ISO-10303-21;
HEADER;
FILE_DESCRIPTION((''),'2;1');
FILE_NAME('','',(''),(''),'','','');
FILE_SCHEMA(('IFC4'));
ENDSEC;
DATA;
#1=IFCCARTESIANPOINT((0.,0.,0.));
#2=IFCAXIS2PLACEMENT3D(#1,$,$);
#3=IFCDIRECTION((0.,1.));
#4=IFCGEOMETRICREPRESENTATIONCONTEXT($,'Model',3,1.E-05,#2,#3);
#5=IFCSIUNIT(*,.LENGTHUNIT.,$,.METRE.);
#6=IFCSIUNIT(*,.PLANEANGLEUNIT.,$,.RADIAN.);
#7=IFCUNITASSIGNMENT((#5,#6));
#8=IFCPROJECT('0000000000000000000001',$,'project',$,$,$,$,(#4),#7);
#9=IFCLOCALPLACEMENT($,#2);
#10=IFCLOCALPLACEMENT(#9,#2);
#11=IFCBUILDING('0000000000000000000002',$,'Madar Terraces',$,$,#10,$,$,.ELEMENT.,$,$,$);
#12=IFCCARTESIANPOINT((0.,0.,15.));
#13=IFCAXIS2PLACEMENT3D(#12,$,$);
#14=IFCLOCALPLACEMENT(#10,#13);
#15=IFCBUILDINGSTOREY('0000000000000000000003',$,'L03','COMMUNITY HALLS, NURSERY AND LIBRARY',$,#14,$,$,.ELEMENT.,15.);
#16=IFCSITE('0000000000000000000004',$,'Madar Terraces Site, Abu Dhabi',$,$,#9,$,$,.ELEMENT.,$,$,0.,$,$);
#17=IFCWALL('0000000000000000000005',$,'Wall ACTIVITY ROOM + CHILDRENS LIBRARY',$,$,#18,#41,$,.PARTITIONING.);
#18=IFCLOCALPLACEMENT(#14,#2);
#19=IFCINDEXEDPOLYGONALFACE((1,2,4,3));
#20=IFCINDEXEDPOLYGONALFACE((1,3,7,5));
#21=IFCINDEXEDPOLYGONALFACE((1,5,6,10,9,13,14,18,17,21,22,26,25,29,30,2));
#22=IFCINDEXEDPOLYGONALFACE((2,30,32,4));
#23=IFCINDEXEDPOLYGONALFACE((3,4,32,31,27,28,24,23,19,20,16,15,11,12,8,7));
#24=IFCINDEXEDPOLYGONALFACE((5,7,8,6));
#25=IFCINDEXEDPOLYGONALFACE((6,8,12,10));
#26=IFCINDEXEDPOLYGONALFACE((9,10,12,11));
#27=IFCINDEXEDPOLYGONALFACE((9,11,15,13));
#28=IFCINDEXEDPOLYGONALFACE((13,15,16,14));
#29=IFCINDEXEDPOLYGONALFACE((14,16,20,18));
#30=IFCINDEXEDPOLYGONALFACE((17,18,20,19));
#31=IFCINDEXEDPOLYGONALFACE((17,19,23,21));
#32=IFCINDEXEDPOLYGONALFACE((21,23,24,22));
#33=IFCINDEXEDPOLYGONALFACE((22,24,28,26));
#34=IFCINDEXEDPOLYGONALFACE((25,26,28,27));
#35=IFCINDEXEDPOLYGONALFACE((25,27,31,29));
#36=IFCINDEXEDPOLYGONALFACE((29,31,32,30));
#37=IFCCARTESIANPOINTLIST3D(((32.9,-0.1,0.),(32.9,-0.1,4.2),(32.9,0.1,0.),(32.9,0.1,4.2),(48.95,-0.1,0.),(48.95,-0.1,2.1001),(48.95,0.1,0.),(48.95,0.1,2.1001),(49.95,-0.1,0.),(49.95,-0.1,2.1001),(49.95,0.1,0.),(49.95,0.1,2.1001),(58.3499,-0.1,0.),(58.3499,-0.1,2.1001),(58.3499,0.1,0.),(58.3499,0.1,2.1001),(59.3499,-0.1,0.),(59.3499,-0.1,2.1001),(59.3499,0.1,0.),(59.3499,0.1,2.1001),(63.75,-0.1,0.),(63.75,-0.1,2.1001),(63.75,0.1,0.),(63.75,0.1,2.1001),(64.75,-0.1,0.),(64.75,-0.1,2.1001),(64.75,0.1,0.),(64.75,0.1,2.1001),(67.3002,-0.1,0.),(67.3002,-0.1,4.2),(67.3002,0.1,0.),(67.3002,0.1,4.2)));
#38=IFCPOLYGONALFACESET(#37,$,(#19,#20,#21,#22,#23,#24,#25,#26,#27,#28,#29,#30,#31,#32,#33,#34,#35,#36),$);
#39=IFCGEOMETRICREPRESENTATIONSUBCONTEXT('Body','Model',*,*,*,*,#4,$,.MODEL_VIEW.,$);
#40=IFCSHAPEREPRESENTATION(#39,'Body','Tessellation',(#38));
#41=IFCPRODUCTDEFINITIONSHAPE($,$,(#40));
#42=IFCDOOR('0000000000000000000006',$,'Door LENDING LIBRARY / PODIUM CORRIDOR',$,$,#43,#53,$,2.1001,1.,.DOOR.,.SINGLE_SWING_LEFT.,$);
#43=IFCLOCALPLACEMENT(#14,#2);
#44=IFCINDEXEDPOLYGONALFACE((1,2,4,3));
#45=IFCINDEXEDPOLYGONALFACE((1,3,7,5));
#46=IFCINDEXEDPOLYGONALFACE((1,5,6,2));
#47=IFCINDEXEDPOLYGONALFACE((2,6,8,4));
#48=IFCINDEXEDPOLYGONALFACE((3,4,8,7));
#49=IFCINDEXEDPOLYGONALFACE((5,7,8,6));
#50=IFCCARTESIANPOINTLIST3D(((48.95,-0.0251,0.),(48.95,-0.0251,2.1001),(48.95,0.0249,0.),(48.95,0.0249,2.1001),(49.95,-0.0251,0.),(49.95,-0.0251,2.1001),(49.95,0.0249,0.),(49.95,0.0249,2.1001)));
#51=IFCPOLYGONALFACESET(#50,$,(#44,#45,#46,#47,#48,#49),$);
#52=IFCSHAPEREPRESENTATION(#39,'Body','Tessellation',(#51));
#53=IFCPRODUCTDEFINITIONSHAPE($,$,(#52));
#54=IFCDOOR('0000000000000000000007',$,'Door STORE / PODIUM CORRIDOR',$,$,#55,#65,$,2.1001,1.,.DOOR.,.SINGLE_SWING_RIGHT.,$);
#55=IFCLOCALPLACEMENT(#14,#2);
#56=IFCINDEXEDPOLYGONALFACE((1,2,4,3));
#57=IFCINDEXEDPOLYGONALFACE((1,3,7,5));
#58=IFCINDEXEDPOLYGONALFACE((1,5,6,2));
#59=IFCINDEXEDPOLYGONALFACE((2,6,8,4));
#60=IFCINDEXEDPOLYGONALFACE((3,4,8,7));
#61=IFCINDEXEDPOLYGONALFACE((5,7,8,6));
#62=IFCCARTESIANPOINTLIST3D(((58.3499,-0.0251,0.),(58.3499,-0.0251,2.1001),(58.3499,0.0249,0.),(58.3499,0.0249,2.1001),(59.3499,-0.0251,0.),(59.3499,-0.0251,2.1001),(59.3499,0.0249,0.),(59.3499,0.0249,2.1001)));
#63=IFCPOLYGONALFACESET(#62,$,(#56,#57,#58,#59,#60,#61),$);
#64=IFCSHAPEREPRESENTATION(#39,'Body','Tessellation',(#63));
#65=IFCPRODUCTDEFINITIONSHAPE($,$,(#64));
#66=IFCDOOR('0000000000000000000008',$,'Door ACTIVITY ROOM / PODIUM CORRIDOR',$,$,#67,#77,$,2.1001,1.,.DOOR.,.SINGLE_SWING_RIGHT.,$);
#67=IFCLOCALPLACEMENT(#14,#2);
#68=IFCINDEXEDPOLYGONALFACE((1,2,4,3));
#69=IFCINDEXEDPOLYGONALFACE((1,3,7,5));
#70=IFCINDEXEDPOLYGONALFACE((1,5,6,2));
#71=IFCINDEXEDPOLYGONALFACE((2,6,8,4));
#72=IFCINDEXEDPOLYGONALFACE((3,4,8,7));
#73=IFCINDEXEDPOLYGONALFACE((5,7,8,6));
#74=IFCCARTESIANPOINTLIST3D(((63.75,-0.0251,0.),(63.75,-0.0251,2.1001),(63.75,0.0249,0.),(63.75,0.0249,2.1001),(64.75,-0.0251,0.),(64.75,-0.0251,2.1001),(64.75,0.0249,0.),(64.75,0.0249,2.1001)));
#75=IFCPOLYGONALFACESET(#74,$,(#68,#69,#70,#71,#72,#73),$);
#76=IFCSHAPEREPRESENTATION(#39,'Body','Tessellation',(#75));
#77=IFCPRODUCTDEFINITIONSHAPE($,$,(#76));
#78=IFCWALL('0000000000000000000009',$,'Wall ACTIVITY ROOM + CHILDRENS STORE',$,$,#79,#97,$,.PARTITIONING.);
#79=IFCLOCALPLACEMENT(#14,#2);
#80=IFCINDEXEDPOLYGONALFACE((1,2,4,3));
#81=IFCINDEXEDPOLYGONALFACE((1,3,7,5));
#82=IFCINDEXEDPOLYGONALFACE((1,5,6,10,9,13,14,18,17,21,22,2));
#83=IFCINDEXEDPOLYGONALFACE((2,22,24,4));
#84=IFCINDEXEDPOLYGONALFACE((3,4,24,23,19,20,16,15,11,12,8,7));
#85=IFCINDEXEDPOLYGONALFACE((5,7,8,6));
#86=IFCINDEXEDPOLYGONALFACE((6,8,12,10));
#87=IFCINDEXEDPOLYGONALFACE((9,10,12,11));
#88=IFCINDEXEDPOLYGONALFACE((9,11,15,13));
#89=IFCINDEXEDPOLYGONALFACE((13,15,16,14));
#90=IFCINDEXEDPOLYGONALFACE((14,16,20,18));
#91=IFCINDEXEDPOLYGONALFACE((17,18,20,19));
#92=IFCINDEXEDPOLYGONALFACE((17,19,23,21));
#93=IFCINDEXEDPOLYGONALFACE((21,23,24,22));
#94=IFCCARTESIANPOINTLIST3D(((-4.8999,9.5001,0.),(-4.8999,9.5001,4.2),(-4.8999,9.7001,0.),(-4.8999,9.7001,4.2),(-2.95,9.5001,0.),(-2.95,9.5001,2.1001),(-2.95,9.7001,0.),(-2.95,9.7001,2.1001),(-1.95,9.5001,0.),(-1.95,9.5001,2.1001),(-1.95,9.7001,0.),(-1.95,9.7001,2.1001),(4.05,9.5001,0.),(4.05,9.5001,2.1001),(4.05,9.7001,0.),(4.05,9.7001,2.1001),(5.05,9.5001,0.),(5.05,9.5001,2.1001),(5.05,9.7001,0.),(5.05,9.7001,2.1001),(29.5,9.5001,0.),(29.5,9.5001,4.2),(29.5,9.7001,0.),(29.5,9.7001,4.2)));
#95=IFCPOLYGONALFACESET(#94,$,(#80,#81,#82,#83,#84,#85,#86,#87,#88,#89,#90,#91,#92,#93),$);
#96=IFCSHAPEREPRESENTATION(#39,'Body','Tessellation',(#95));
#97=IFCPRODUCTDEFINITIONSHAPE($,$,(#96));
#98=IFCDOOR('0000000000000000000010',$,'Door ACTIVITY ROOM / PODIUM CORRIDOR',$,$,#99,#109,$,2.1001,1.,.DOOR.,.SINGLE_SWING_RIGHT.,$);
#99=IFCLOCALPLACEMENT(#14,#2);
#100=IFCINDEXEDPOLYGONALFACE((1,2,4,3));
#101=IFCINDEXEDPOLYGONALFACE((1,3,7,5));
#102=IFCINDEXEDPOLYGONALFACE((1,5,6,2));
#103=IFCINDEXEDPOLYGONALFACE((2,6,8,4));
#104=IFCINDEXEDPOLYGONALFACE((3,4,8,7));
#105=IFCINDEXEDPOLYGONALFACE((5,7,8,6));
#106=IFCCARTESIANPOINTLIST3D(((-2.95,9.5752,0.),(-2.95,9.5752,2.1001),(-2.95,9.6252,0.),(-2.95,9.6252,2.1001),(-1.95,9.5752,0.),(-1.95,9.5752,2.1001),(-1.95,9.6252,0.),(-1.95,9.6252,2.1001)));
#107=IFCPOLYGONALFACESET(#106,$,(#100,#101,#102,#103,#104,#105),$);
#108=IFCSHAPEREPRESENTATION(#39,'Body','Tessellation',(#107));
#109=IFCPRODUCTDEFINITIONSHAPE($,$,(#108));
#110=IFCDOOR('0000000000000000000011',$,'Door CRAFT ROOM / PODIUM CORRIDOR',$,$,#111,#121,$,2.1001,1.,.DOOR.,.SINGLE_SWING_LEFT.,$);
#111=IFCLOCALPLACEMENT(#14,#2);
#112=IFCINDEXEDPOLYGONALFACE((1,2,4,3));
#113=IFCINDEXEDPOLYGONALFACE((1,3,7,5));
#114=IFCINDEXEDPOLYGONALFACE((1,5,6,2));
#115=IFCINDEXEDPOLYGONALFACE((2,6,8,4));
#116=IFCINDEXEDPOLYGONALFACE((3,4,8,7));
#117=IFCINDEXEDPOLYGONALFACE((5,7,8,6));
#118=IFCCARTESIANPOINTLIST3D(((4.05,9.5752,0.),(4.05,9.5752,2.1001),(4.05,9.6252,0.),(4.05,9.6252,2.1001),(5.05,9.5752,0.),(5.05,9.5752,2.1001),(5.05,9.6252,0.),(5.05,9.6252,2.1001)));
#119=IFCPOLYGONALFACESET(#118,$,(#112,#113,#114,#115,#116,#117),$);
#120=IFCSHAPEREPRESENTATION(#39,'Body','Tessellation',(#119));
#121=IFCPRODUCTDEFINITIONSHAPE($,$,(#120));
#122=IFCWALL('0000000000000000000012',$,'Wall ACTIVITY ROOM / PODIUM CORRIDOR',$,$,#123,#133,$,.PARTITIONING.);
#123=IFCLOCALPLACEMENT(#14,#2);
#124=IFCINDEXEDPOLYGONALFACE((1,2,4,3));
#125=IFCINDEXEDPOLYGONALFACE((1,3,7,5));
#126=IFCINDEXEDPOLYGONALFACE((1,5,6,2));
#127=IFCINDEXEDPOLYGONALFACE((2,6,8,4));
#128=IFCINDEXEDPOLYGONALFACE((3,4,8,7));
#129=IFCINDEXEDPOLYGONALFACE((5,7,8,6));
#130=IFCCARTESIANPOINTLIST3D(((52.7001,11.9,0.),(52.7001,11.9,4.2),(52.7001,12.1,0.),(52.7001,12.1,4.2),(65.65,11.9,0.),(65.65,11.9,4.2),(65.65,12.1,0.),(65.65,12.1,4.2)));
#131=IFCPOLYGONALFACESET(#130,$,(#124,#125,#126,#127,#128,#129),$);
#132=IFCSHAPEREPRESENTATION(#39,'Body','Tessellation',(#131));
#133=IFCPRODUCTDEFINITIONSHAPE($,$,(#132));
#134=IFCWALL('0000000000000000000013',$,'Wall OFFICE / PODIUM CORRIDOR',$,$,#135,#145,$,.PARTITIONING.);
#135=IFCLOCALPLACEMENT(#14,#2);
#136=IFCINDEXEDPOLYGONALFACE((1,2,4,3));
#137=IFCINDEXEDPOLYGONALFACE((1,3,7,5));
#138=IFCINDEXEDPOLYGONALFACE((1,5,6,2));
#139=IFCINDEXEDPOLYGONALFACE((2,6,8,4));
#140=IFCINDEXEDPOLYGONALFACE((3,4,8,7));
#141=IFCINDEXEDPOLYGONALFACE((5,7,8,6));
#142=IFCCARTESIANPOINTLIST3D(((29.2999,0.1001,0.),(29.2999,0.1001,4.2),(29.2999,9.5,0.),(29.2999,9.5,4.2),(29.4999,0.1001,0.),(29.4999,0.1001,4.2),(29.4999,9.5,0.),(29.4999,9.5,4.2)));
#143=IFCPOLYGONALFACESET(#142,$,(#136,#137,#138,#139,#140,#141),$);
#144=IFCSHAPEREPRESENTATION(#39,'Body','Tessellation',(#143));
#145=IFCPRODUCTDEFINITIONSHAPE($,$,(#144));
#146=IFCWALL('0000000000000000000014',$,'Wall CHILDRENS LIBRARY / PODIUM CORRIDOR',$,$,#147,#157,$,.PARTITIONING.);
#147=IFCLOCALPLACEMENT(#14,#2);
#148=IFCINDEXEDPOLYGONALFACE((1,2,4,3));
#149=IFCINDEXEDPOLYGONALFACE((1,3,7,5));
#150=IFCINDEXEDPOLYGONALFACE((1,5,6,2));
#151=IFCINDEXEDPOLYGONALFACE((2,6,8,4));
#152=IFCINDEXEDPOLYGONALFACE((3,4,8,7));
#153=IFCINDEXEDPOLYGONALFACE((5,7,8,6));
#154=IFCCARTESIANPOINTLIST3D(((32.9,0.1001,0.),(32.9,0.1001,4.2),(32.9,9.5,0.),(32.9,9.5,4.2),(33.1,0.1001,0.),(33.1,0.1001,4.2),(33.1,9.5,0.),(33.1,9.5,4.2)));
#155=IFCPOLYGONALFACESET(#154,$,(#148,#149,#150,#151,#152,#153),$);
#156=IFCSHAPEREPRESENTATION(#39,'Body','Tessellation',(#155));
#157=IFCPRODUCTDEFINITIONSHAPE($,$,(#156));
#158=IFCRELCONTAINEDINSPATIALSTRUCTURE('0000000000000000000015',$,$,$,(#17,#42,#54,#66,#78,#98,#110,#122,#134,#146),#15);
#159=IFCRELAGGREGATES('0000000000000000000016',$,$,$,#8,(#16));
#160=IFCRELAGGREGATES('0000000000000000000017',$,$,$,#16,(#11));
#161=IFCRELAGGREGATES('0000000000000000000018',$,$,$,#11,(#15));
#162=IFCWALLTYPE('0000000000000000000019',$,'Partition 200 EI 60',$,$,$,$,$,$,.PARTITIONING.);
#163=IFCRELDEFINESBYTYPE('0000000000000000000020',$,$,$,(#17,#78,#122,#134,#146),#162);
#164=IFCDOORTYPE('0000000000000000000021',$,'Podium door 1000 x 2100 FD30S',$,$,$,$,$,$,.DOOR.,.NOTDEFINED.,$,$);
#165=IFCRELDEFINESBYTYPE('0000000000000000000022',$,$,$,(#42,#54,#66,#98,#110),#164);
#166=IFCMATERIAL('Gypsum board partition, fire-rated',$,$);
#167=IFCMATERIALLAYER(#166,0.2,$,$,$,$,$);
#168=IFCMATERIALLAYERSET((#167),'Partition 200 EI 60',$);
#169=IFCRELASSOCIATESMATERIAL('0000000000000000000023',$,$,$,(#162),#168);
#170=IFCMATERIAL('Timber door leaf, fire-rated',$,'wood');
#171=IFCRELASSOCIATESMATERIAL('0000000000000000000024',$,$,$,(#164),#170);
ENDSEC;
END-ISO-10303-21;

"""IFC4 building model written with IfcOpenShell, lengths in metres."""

from ifc_helpers import new_model, si_unit, direction, frame, frame_2d, origin, place, context, subcontext, project, spatial, rectangle, extrude, material, layer, layer_set, type_object, element, fill, save


model = new_model("IFC4")

# Units and contexts
model_context = context("Model", 3, precision=1e-05, world=origin(), true_north=direction((0.0, 1.0)))
body_context = subcontext(model_context, "Body", "Model", "MODEL_VIEW")
ifc_project = project(units=[si_unit("LENGTHUNIT", "METRE"), si_unit("PLANEANGLEUNIT", "RADIAN")], contexts=[model_context])

# Site, building, storey
site_placement = place(None, origin())
site = spatial("IfcSite", under=ifc_project, at=site_placement, Name="Madar Terraces Site, Abu Dhabi", CompositionType="ELEMENT", RefElevation=0.0)
building_placement = place(site_placement, origin())
building = spatial("IfcBuilding", under=site, at=building_placement, Name="Madar Terraces", CompositionType="ELEMENT")
storey_placement = place(building_placement, frame((0.0, 0.0, 15.0)))
storey = spatial("IfcBuildingStorey", under=building, at=storey_placement, Name="L03", Description="COMMUNITY HALLS, NURSERY AND LIBRARY", CompositionType="ELEMENT", Elevation=15.0)

# Shared definitions
ifc_material_1 = material(Name="Gypsum board partition, fire-rated")
ifc_layer = layer(ifc_material_1, 0.2)
ifc_layer_set = layer_set([ifc_layer], Name="Partition 200 EI 60")
wall_type = type_object("IfcWallType", Name="Partition 200 EI 60", PredefinedType="PARTITIONING", material=ifc_layer_set)
ifc_material_2 = material(Name="Timber door leaf, fire-rated", Category="wood")
door_type_1 = type_object("IfcDoorType", Name="Podium door 1000 x 2100 FD30S", OperationType="NOTDEFINED", PredefinedType="DOOR", material=ifc_material_2)

# Walls, openings, doors
wall_1_placement = place(storey_placement, frame((32.8999, 0.0, 0.0), z_axis=(0.0, 0.0, 1.0), x_axis=(1.0, 0.0, 0.0)))
wall_1 = element("IfcWall", 1, at=wall_1_placement, inside=storey, type_object=wall_type, Name="Wall ACTIVITY ROOM + CHILDRENS LIBRARY", PredefinedType="PARTITIONING", context=body_context, shape_type="SweptSolid", body=[
    extrude(rectangle(XDim=34.4001, YDim=0.2, at=frame_2d((17.2002, 0.0))), origin(), (0.0, 0.0, 1.0), 4.2),
])
opening_1_placement = place(wall_1_placement, frame((16.05, 0.0, 0.0)))
opening_1 = element("IfcOpeningElement", 2, at=opening_1_placement, cuts=wall_1, PredefinedType="OPENING", context=body_context, shape_type="SweptSolid", body=[
    extrude(rectangle(XDim=1.0, YDim=2.1001, at=frame_2d((0.5, 1.05))), frame((0.0, 0.1099, 0.0), z_axis=(0.0, -1.0, 0.0), x_axis=(1.0, 0.0, 0.0)), (0.0, 0.0, 1.0), 0.22),
])
opening_2_placement = place(wall_1_placement, frame((25.45, 0.0, 0.0)))
opening_2 = element("IfcOpeningElement", 3, at=opening_2_placement, cuts=wall_1, PredefinedType="OPENING", context=body_context, shape_type="SweptSolid", body=[
    extrude(rectangle(XDim=1.0, YDim=2.1001, at=frame_2d((0.5, 1.05))), frame((0.0, 0.1099, 0.0), z_axis=(0.0, -1.0, 0.0), x_axis=(1.0, 0.0, 0.0)), (0.0, 0.0, 1.0), 0.22),
])
opening_3_placement = place(wall_1_placement, frame((30.8501, 0.0, 0.0)))
opening_3 = element("IfcOpeningElement", 4, at=opening_3_placement, cuts=wall_1, PredefinedType="OPENING", context=body_context, shape_type="SweptSolid", body=[
    extrude(rectangle(XDim=1.0, YDim=2.1001, at=frame_2d((0.5, 1.05))), frame((0.0, 0.1099, 0.0), z_axis=(0.0, -1.0, 0.0), x_axis=(1.0, 0.0, 0.0)), (0.0, 0.0, 1.0), 0.22),
])
door_1_placement = place(opening_1_placement, origin())
door_1 = element("IfcDoor", 5, at=door_1_placement, inside=storey, type_object=door_type_1, Name="Door LENDING LIBRARY / PODIUM CORRIDOR", OperationType="SINGLE_SWING_LEFT", OverallHeight=2.1001, OverallWidth=1.0, PredefinedType="DOOR", context=body_context, shape_type="SweptSolid", body=[
    extrude(rectangle(XDim=1.0, YDim=2.1001, at=frame_2d((0.5, 1.05))), frame((0.0, 0.0249, 0.0), z_axis=(0.0, -1.0, 0.0), x_axis=(1.0, 0.0, 0.0)), (0.0, 0.0, 1.0), 0.05),
])
fill(opening_1, door_1)
door_2_placement = place(opening_2_placement, origin())
door_2 = element("IfcDoor", 6, at=door_2_placement, inside=storey, type_object=door_type_1, Name="Door STORE / PODIUM CORRIDOR", OperationType="SINGLE_SWING_RIGHT", OverallHeight=2.1001, OverallWidth=1.0, PredefinedType="DOOR", context=body_context, shape_type="SweptSolid", body=[
    extrude(rectangle(XDim=1.0, YDim=2.1001, at=frame_2d((0.5, 1.05))), frame((0.0, 0.0249, 0.0), z_axis=(0.0, -1.0, 0.0), x_axis=(1.0, 0.0, 0.0)), (0.0, 0.0, 1.0), 0.05),
])
fill(opening_2, door_2)
door_3_placement = place(opening_3_placement, origin())
door_3 = element("IfcDoor", 7, at=door_3_placement, inside=storey, type_object=door_type_1, Name="Door ACTIVITY ROOM / PODIUM CORRIDOR", OperationType="SINGLE_SWING_RIGHT", OverallHeight=2.1001, OverallWidth=1.0, PredefinedType="DOOR", context=body_context, shape_type="SweptSolid", body=[
    extrude(rectangle(XDim=1.0, YDim=2.1001, at=frame_2d((0.5, 1.05))), frame((0.0, 0.0249, 0.0), z_axis=(0.0, -1.0, 0.0), x_axis=(1.0, 0.0, 0.0)), (0.0, 0.0, 1.0), 0.05),
])
fill(opening_3, door_3)
wall_2_placement = place(storey_placement, frame((29.5, 9.6001, 0.0), z_axis=(0.0, 0.0, 1.0), x_axis=(-1.0, 0.0, 0.0)))
wall_2 = element("IfcWall", 8, at=wall_2_placement, inside=storey, type_object=wall_type, Name="Wall ACTIVITY ROOM + CHILDRENS STORE", PredefinedType="PARTITIONING", context=body_context, shape_type="SweptSolid", body=[
    extrude(rectangle(XDim=34.3999, YDim=0.2, at=frame_2d((17.2, 0.0))), origin(), (0.0, 0.0, 1.0), 4.2),
])
opening_4_placement = place(wall_2_placement, frame((31.45, 0.0, 0.0)))
opening_4 = element("IfcOpeningElement", 9, at=opening_4_placement, cuts=wall_2, PredefinedType="OPENING", context=body_context, shape_type="SweptSolid", body=[
    extrude(rectangle(XDim=1.0, YDim=2.1001, at=frame_2d((0.5, 1.05))), frame((0.0, 0.1099, 0.0), z_axis=(0.0, -1.0, 0.0), x_axis=(1.0, 0.0, 0.0)), (0.0, 0.0, 1.0), 0.22),
])
opening_5_placement = place(wall_2_placement, frame((24.45, 0.0, 0.0)))
opening_5 = element("IfcOpeningElement", 10, at=opening_5_placement, cuts=wall_2, PredefinedType="OPENING", context=body_context, shape_type="SweptSolid", body=[
    extrude(rectangle(XDim=1.0, YDim=2.1001, at=frame_2d((0.5, 1.05))), frame((0.0, 0.1099, 0.0), z_axis=(0.0, -1.0, 0.0), x_axis=(1.0, 0.0, 0.0)), (0.0, 0.0, 1.0), 0.22),
])
door_4_placement = place(opening_4_placement, origin())
door_4 = element("IfcDoor", 11, at=door_4_placement, inside=storey, type_object=door_type_1, Name="Door ACTIVITY ROOM / PODIUM CORRIDOR", OperationType="SINGLE_SWING_RIGHT", OverallHeight=2.1001, OverallWidth=1.0, PredefinedType="DOOR", context=body_context, shape_type="SweptSolid", body=[
    extrude(rectangle(XDim=1.0, YDim=2.1001, at=frame_2d((0.5, 1.05))), frame((0.0, 0.0249, 0.0), z_axis=(0.0, -1.0, 0.0), x_axis=(1.0, 0.0, 0.0)), (0.0, 0.0, 1.0), 0.05),
])
fill(opening_4, door_4)
door_5_placement = place(opening_5_placement, origin())
door_5 = element("IfcDoor", 12, at=door_5_placement, inside=storey, type_object=door_type_1, Name="Door CRAFT ROOM / PODIUM CORRIDOR", OperationType="SINGLE_SWING_LEFT", OverallHeight=2.1001, OverallWidth=1.0, PredefinedType="DOOR", context=body_context, shape_type="SweptSolid", body=[
    extrude(rectangle(XDim=1.0, YDim=2.1001, at=frame_2d((0.5, 1.05))), frame((0.0, 0.0249, 0.0), z_axis=(0.0, -1.0, 0.0), x_axis=(1.0, 0.0, 0.0)), (0.0, 0.0, 1.0), 0.05),
])
fill(opening_5, door_5)

# Walls
wall_3_placement = place(storey_placement, frame((52.7, 12.0, 0.0), z_axis=(0.0, 0.0, 1.0), x_axis=(1.0, 0.0, 0.0)))
element("IfcWall", 13, at=wall_3_placement, inside=storey, type_object=wall_type, Name="Wall ACTIVITY ROOM / PODIUM CORRIDOR", PredefinedType="PARTITIONING", context=body_context, shape_type="SweptSolid", body=[
    extrude(rectangle(XDim=12.95, YDim=0.2, at=frame_2d((6.4751, 0.0))), origin(), (0.0, 0.0, 1.0), 4.2),
])
for number, where, z_axis, x_axis, name in (
    (14, (29.3999, 0.1001, 0.0), (0.0, 0.0, 1.0), (0.0, 1.0, 0.0), "Wall OFFICE / PODIUM CORRIDOR"),
    (15, (33.0, 0.1001, 0.0), (0.0, 0.0, 1.0), (0.0, 1.0, 0.0), "Wall CHILDRENS LIBRARY / PODIUM CORRIDOR"),
):
    element("IfcWall", number, at=place(storey_placement, frame(where, z_axis=z_axis, x_axis=x_axis)), inside=storey, type_object=wall_type, Name=name, PredefinedType="PARTITIONING", context=body_context, shape_type="SweptSolid", body=[
        extrude(rectangle(XDim=9.3999, YDim=0.2, at=frame_2d((4.7, 0.0))), origin(), (0.0, 0.0, 1.0), 4.2),
    ])

save(model, "model.ifc")
